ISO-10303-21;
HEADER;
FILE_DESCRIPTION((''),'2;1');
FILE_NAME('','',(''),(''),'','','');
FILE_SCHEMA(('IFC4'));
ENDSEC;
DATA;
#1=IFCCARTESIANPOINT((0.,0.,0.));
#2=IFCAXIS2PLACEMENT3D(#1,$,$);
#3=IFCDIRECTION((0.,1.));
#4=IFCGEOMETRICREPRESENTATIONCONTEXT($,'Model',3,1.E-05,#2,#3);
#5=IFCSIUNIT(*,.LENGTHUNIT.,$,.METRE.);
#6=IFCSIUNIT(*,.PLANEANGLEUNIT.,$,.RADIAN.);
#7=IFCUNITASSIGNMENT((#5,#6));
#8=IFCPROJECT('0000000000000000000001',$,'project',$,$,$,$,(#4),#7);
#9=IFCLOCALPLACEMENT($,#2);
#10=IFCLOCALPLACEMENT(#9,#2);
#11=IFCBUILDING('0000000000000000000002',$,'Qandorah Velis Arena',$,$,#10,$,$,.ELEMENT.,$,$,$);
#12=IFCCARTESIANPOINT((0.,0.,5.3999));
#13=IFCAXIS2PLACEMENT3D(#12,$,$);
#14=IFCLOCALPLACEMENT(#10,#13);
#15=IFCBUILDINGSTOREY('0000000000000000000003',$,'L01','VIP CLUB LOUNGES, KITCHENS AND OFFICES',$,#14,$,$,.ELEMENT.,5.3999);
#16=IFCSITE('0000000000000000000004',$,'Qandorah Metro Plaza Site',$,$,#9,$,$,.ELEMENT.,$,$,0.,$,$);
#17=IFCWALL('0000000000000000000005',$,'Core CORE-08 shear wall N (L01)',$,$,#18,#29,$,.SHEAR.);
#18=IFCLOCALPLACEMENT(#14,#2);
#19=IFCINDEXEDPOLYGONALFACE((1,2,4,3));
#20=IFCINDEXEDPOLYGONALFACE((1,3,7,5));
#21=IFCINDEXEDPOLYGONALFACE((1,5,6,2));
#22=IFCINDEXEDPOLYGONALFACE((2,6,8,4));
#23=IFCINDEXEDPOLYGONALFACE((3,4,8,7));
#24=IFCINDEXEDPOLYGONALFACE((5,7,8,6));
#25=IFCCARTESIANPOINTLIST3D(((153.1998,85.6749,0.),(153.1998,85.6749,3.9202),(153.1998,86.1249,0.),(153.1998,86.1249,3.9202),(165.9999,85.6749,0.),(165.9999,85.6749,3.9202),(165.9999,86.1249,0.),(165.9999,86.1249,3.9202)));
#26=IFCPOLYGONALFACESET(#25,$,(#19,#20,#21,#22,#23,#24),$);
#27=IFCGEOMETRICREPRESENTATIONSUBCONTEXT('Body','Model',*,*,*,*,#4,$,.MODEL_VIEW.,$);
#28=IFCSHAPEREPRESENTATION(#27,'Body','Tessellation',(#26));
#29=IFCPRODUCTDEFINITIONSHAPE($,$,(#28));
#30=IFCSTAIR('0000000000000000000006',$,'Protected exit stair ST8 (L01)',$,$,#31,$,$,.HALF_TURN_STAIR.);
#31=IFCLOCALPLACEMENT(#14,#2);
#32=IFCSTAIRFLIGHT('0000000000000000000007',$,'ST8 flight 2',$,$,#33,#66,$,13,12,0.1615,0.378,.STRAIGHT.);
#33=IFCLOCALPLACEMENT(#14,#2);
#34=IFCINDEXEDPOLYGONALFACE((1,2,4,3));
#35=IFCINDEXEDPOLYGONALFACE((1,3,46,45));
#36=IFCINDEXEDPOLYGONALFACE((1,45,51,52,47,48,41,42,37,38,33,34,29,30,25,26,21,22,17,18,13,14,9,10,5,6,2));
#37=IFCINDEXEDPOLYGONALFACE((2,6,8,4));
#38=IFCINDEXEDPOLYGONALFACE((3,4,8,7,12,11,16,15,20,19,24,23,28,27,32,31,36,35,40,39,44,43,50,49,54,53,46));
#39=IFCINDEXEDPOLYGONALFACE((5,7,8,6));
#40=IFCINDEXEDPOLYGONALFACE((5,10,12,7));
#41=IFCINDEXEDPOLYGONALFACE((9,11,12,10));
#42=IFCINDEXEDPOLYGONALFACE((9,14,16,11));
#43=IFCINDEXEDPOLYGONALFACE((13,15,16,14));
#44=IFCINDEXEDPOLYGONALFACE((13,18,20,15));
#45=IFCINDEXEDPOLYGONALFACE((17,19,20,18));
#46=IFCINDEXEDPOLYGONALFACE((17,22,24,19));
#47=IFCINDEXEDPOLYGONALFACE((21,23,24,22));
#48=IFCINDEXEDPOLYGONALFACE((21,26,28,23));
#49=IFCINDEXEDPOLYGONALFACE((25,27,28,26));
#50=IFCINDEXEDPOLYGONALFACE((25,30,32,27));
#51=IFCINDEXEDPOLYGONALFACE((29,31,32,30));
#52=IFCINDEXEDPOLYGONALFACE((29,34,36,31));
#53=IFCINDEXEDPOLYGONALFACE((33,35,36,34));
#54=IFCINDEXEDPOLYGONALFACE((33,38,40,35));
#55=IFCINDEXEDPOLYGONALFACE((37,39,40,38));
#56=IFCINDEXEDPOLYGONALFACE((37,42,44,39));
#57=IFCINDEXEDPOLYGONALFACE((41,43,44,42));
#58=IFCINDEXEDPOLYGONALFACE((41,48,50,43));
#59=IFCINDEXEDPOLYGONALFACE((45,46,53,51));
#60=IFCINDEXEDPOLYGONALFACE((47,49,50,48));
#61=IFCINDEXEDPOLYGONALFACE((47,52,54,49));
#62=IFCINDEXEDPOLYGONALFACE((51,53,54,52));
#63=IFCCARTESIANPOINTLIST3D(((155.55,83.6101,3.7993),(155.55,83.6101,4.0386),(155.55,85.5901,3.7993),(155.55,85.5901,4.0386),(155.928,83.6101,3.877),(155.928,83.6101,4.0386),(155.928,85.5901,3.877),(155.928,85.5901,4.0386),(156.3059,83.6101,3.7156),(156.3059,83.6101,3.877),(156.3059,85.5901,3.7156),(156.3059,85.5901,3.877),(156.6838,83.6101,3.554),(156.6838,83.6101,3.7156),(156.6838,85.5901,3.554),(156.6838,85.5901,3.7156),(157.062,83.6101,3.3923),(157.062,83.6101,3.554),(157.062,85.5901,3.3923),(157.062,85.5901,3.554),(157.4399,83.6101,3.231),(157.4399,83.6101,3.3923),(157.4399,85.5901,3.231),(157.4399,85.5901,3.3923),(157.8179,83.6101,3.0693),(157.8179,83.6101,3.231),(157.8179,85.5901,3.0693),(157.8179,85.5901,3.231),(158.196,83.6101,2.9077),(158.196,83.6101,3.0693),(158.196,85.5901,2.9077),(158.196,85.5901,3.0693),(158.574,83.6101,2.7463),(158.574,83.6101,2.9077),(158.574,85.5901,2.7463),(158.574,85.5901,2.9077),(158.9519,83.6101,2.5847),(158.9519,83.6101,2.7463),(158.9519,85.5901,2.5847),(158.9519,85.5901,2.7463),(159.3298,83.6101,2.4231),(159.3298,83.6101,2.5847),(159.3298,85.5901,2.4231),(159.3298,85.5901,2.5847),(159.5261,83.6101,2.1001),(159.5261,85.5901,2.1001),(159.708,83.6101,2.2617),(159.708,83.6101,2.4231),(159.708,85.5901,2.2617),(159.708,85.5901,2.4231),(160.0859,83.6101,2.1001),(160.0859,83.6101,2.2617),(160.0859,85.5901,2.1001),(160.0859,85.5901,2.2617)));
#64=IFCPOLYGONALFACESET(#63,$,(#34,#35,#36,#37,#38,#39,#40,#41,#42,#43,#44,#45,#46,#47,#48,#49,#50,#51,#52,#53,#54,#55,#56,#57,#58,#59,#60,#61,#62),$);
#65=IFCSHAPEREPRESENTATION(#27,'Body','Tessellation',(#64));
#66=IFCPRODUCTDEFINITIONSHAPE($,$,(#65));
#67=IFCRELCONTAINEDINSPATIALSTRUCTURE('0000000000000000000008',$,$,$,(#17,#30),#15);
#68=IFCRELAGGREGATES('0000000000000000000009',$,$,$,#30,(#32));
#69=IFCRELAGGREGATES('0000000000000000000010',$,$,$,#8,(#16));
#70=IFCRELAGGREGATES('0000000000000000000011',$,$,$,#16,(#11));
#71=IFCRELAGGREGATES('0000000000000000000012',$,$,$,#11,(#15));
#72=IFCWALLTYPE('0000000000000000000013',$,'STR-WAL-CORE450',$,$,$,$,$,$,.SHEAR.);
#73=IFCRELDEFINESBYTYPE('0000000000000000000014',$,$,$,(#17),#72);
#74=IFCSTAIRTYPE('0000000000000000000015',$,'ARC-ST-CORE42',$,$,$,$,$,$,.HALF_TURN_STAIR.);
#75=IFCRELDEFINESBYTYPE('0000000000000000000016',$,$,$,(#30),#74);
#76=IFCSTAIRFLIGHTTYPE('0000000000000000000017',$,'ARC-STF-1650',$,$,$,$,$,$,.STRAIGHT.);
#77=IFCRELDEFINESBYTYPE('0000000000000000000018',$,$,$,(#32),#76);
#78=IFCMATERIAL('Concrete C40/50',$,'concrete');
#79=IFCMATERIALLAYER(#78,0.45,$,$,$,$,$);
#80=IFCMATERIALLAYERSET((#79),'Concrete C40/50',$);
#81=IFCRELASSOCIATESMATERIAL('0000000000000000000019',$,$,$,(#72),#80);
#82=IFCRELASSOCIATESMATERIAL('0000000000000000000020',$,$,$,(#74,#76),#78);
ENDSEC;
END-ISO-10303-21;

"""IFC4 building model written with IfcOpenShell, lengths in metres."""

from ifc_helpers import new_model, si_unit, direction, frame, frame_2d, origin, place, context, subcontext, project, spatial, polyline, rectangle, outline, extrude, material, layer, layer_set, type_object, element, aggregate, save


model = new_model("IFC4")

# Units and contexts
model_context = context("Model", 3, precision=1e-05, world=origin(), true_north=direction((0.0, 1.0)))
body_context = subcontext(model_context, "Body", "Model", "MODEL_VIEW")
ifc_project = project(units=[si_unit("LENGTHUNIT", "METRE"), si_unit("PLANEANGLEUNIT", "RADIAN")], contexts=[model_context])

# Site, building, storey
site_placement = place(None, origin())
site = spatial("IfcSite", under=ifc_project, at=site_placement, Name="Qandorah Metro Plaza Site", CompositionType="ELEMENT", RefElevation=0.0)
building_placement = place(site_placement, origin())
building = spatial("IfcBuilding", under=site, at=building_placement, Name="Qandorah Velis Arena", CompositionType="ELEMENT")
storey_placement = place(building_placement, frame((0.0, 0.0, 5.3999)))
storey = spatial("IfcBuildingStorey", under=building, at=storey_placement, Name="L01", Description="VIP CLUB LOUNGES, KITCHENS AND OFFICES", CompositionType="ELEMENT", Elevation=5.3999)

# Shared definitions
ifc_material_1 = material(Name="Concrete C40/50", Category="concrete")

# Wall
ifc_layer_1 = layer(ifc_material_1, 0.45)
ifc_layer_set_1 = layer_set([ifc_layer_1], Name="Concrete C40/50")
wall_type = type_object("IfcWallType", Name="STR-WAL-CORE450", PredefinedType="SHEAR", material=ifc_layer_set_1)
wall_placement = place(storey_placement, frame((153.2, 85.8999, 0.0), z_axis=(0.0, 0.0, 1.0), x_axis=(1.0, 0.0, 0.0)))
element("IfcWall", 1, at=wall_placement, inside=storey, type_object=wall_type, Name="Core CORE-08 shear wall N (L01)", PredefinedType="SHEAR", context=body_context, shape_type="SweptSolid", body=[
    extrude(rectangle(XDim=12.8, YDim=0.45, at=frame_2d((6.3999, 0.0))), origin(), (0.0, 0.0, 1.0), 3.9202),
])

# Stair, stair flight
stair_type = type_object("IfcStairType", Name="ARC-ST-CORE42", PredefinedType="HALF_TURN_STAIR", material=ifc_material_1)
stair_placement = place(storey_placement, origin())
stair = element("IfcStair", 2, at=stair_placement, inside=storey, type_object=stair_type, Name="Protected exit stair ST8 (L01)", PredefinedType="HALF_TURN_STAIR")
stair_flight_type = type_object("IfcStairFlightType", Name="ARC-STF-1650", PredefinedType="STRAIGHT", material=ifc_material_1)
stair_flight_placement = place(storey_placement, frame((160.0859, 84.6001, 2.1001), z_axis=(0.0, 0.0, 1.0), x_axis=(-1.0, 0.0, 0.0)))
stair_flight = element("IfcStairFlight", 3, at=stair_flight_placement, type_object=stair_flight_type, Name="ST8 flight 2", NumberOfRisers=13, NumberOfTreads=12, PredefinedType="STRAIGHT", RiserHeight=0.1615, TreadLength=0.378, context=body_context, shape_type="SweptSolid", body=[
    extrude(outline(polyline([(0.0, 0.0), (0.0, 0.1616), (0.3779, 0.1616), (0.3779, 0.323), (0.7561, 0.323), (0.7561, 0.4846), (1.134, 0.4846), (1.134, 0.6462), (1.512, 0.6462), (1.512, 0.8076), (1.8899, 0.8076), (1.8899, 0.9692), (2.2681, 0.9692), (2.2681, 1.1309), (2.646, 1.1309), (2.646, 1.2922), (3.0239, 1.2922), (3.0239, 1.4539), (3.4021, 1.4539), (3.4021, 1.6155), (3.78, 1.6155), (3.78, 1.7769), (4.158, 1.7769), (4.158, 1.9385), (4.5359, 1.9385), (4.5359, 2.1001), (4.5359, 1.6992), (0.5598, 0.0), (0.0, 0.0)])), frame((0.0, 0.99, 0.0), z_axis=(0.0, -1.0, 0.0), x_axis=(1.0, 0.0, 0.0)), (0.0, 0.0, 1.0), 1.98),
])
aggregate(stair, [stair_flight])

save(model, "model.ifc")
